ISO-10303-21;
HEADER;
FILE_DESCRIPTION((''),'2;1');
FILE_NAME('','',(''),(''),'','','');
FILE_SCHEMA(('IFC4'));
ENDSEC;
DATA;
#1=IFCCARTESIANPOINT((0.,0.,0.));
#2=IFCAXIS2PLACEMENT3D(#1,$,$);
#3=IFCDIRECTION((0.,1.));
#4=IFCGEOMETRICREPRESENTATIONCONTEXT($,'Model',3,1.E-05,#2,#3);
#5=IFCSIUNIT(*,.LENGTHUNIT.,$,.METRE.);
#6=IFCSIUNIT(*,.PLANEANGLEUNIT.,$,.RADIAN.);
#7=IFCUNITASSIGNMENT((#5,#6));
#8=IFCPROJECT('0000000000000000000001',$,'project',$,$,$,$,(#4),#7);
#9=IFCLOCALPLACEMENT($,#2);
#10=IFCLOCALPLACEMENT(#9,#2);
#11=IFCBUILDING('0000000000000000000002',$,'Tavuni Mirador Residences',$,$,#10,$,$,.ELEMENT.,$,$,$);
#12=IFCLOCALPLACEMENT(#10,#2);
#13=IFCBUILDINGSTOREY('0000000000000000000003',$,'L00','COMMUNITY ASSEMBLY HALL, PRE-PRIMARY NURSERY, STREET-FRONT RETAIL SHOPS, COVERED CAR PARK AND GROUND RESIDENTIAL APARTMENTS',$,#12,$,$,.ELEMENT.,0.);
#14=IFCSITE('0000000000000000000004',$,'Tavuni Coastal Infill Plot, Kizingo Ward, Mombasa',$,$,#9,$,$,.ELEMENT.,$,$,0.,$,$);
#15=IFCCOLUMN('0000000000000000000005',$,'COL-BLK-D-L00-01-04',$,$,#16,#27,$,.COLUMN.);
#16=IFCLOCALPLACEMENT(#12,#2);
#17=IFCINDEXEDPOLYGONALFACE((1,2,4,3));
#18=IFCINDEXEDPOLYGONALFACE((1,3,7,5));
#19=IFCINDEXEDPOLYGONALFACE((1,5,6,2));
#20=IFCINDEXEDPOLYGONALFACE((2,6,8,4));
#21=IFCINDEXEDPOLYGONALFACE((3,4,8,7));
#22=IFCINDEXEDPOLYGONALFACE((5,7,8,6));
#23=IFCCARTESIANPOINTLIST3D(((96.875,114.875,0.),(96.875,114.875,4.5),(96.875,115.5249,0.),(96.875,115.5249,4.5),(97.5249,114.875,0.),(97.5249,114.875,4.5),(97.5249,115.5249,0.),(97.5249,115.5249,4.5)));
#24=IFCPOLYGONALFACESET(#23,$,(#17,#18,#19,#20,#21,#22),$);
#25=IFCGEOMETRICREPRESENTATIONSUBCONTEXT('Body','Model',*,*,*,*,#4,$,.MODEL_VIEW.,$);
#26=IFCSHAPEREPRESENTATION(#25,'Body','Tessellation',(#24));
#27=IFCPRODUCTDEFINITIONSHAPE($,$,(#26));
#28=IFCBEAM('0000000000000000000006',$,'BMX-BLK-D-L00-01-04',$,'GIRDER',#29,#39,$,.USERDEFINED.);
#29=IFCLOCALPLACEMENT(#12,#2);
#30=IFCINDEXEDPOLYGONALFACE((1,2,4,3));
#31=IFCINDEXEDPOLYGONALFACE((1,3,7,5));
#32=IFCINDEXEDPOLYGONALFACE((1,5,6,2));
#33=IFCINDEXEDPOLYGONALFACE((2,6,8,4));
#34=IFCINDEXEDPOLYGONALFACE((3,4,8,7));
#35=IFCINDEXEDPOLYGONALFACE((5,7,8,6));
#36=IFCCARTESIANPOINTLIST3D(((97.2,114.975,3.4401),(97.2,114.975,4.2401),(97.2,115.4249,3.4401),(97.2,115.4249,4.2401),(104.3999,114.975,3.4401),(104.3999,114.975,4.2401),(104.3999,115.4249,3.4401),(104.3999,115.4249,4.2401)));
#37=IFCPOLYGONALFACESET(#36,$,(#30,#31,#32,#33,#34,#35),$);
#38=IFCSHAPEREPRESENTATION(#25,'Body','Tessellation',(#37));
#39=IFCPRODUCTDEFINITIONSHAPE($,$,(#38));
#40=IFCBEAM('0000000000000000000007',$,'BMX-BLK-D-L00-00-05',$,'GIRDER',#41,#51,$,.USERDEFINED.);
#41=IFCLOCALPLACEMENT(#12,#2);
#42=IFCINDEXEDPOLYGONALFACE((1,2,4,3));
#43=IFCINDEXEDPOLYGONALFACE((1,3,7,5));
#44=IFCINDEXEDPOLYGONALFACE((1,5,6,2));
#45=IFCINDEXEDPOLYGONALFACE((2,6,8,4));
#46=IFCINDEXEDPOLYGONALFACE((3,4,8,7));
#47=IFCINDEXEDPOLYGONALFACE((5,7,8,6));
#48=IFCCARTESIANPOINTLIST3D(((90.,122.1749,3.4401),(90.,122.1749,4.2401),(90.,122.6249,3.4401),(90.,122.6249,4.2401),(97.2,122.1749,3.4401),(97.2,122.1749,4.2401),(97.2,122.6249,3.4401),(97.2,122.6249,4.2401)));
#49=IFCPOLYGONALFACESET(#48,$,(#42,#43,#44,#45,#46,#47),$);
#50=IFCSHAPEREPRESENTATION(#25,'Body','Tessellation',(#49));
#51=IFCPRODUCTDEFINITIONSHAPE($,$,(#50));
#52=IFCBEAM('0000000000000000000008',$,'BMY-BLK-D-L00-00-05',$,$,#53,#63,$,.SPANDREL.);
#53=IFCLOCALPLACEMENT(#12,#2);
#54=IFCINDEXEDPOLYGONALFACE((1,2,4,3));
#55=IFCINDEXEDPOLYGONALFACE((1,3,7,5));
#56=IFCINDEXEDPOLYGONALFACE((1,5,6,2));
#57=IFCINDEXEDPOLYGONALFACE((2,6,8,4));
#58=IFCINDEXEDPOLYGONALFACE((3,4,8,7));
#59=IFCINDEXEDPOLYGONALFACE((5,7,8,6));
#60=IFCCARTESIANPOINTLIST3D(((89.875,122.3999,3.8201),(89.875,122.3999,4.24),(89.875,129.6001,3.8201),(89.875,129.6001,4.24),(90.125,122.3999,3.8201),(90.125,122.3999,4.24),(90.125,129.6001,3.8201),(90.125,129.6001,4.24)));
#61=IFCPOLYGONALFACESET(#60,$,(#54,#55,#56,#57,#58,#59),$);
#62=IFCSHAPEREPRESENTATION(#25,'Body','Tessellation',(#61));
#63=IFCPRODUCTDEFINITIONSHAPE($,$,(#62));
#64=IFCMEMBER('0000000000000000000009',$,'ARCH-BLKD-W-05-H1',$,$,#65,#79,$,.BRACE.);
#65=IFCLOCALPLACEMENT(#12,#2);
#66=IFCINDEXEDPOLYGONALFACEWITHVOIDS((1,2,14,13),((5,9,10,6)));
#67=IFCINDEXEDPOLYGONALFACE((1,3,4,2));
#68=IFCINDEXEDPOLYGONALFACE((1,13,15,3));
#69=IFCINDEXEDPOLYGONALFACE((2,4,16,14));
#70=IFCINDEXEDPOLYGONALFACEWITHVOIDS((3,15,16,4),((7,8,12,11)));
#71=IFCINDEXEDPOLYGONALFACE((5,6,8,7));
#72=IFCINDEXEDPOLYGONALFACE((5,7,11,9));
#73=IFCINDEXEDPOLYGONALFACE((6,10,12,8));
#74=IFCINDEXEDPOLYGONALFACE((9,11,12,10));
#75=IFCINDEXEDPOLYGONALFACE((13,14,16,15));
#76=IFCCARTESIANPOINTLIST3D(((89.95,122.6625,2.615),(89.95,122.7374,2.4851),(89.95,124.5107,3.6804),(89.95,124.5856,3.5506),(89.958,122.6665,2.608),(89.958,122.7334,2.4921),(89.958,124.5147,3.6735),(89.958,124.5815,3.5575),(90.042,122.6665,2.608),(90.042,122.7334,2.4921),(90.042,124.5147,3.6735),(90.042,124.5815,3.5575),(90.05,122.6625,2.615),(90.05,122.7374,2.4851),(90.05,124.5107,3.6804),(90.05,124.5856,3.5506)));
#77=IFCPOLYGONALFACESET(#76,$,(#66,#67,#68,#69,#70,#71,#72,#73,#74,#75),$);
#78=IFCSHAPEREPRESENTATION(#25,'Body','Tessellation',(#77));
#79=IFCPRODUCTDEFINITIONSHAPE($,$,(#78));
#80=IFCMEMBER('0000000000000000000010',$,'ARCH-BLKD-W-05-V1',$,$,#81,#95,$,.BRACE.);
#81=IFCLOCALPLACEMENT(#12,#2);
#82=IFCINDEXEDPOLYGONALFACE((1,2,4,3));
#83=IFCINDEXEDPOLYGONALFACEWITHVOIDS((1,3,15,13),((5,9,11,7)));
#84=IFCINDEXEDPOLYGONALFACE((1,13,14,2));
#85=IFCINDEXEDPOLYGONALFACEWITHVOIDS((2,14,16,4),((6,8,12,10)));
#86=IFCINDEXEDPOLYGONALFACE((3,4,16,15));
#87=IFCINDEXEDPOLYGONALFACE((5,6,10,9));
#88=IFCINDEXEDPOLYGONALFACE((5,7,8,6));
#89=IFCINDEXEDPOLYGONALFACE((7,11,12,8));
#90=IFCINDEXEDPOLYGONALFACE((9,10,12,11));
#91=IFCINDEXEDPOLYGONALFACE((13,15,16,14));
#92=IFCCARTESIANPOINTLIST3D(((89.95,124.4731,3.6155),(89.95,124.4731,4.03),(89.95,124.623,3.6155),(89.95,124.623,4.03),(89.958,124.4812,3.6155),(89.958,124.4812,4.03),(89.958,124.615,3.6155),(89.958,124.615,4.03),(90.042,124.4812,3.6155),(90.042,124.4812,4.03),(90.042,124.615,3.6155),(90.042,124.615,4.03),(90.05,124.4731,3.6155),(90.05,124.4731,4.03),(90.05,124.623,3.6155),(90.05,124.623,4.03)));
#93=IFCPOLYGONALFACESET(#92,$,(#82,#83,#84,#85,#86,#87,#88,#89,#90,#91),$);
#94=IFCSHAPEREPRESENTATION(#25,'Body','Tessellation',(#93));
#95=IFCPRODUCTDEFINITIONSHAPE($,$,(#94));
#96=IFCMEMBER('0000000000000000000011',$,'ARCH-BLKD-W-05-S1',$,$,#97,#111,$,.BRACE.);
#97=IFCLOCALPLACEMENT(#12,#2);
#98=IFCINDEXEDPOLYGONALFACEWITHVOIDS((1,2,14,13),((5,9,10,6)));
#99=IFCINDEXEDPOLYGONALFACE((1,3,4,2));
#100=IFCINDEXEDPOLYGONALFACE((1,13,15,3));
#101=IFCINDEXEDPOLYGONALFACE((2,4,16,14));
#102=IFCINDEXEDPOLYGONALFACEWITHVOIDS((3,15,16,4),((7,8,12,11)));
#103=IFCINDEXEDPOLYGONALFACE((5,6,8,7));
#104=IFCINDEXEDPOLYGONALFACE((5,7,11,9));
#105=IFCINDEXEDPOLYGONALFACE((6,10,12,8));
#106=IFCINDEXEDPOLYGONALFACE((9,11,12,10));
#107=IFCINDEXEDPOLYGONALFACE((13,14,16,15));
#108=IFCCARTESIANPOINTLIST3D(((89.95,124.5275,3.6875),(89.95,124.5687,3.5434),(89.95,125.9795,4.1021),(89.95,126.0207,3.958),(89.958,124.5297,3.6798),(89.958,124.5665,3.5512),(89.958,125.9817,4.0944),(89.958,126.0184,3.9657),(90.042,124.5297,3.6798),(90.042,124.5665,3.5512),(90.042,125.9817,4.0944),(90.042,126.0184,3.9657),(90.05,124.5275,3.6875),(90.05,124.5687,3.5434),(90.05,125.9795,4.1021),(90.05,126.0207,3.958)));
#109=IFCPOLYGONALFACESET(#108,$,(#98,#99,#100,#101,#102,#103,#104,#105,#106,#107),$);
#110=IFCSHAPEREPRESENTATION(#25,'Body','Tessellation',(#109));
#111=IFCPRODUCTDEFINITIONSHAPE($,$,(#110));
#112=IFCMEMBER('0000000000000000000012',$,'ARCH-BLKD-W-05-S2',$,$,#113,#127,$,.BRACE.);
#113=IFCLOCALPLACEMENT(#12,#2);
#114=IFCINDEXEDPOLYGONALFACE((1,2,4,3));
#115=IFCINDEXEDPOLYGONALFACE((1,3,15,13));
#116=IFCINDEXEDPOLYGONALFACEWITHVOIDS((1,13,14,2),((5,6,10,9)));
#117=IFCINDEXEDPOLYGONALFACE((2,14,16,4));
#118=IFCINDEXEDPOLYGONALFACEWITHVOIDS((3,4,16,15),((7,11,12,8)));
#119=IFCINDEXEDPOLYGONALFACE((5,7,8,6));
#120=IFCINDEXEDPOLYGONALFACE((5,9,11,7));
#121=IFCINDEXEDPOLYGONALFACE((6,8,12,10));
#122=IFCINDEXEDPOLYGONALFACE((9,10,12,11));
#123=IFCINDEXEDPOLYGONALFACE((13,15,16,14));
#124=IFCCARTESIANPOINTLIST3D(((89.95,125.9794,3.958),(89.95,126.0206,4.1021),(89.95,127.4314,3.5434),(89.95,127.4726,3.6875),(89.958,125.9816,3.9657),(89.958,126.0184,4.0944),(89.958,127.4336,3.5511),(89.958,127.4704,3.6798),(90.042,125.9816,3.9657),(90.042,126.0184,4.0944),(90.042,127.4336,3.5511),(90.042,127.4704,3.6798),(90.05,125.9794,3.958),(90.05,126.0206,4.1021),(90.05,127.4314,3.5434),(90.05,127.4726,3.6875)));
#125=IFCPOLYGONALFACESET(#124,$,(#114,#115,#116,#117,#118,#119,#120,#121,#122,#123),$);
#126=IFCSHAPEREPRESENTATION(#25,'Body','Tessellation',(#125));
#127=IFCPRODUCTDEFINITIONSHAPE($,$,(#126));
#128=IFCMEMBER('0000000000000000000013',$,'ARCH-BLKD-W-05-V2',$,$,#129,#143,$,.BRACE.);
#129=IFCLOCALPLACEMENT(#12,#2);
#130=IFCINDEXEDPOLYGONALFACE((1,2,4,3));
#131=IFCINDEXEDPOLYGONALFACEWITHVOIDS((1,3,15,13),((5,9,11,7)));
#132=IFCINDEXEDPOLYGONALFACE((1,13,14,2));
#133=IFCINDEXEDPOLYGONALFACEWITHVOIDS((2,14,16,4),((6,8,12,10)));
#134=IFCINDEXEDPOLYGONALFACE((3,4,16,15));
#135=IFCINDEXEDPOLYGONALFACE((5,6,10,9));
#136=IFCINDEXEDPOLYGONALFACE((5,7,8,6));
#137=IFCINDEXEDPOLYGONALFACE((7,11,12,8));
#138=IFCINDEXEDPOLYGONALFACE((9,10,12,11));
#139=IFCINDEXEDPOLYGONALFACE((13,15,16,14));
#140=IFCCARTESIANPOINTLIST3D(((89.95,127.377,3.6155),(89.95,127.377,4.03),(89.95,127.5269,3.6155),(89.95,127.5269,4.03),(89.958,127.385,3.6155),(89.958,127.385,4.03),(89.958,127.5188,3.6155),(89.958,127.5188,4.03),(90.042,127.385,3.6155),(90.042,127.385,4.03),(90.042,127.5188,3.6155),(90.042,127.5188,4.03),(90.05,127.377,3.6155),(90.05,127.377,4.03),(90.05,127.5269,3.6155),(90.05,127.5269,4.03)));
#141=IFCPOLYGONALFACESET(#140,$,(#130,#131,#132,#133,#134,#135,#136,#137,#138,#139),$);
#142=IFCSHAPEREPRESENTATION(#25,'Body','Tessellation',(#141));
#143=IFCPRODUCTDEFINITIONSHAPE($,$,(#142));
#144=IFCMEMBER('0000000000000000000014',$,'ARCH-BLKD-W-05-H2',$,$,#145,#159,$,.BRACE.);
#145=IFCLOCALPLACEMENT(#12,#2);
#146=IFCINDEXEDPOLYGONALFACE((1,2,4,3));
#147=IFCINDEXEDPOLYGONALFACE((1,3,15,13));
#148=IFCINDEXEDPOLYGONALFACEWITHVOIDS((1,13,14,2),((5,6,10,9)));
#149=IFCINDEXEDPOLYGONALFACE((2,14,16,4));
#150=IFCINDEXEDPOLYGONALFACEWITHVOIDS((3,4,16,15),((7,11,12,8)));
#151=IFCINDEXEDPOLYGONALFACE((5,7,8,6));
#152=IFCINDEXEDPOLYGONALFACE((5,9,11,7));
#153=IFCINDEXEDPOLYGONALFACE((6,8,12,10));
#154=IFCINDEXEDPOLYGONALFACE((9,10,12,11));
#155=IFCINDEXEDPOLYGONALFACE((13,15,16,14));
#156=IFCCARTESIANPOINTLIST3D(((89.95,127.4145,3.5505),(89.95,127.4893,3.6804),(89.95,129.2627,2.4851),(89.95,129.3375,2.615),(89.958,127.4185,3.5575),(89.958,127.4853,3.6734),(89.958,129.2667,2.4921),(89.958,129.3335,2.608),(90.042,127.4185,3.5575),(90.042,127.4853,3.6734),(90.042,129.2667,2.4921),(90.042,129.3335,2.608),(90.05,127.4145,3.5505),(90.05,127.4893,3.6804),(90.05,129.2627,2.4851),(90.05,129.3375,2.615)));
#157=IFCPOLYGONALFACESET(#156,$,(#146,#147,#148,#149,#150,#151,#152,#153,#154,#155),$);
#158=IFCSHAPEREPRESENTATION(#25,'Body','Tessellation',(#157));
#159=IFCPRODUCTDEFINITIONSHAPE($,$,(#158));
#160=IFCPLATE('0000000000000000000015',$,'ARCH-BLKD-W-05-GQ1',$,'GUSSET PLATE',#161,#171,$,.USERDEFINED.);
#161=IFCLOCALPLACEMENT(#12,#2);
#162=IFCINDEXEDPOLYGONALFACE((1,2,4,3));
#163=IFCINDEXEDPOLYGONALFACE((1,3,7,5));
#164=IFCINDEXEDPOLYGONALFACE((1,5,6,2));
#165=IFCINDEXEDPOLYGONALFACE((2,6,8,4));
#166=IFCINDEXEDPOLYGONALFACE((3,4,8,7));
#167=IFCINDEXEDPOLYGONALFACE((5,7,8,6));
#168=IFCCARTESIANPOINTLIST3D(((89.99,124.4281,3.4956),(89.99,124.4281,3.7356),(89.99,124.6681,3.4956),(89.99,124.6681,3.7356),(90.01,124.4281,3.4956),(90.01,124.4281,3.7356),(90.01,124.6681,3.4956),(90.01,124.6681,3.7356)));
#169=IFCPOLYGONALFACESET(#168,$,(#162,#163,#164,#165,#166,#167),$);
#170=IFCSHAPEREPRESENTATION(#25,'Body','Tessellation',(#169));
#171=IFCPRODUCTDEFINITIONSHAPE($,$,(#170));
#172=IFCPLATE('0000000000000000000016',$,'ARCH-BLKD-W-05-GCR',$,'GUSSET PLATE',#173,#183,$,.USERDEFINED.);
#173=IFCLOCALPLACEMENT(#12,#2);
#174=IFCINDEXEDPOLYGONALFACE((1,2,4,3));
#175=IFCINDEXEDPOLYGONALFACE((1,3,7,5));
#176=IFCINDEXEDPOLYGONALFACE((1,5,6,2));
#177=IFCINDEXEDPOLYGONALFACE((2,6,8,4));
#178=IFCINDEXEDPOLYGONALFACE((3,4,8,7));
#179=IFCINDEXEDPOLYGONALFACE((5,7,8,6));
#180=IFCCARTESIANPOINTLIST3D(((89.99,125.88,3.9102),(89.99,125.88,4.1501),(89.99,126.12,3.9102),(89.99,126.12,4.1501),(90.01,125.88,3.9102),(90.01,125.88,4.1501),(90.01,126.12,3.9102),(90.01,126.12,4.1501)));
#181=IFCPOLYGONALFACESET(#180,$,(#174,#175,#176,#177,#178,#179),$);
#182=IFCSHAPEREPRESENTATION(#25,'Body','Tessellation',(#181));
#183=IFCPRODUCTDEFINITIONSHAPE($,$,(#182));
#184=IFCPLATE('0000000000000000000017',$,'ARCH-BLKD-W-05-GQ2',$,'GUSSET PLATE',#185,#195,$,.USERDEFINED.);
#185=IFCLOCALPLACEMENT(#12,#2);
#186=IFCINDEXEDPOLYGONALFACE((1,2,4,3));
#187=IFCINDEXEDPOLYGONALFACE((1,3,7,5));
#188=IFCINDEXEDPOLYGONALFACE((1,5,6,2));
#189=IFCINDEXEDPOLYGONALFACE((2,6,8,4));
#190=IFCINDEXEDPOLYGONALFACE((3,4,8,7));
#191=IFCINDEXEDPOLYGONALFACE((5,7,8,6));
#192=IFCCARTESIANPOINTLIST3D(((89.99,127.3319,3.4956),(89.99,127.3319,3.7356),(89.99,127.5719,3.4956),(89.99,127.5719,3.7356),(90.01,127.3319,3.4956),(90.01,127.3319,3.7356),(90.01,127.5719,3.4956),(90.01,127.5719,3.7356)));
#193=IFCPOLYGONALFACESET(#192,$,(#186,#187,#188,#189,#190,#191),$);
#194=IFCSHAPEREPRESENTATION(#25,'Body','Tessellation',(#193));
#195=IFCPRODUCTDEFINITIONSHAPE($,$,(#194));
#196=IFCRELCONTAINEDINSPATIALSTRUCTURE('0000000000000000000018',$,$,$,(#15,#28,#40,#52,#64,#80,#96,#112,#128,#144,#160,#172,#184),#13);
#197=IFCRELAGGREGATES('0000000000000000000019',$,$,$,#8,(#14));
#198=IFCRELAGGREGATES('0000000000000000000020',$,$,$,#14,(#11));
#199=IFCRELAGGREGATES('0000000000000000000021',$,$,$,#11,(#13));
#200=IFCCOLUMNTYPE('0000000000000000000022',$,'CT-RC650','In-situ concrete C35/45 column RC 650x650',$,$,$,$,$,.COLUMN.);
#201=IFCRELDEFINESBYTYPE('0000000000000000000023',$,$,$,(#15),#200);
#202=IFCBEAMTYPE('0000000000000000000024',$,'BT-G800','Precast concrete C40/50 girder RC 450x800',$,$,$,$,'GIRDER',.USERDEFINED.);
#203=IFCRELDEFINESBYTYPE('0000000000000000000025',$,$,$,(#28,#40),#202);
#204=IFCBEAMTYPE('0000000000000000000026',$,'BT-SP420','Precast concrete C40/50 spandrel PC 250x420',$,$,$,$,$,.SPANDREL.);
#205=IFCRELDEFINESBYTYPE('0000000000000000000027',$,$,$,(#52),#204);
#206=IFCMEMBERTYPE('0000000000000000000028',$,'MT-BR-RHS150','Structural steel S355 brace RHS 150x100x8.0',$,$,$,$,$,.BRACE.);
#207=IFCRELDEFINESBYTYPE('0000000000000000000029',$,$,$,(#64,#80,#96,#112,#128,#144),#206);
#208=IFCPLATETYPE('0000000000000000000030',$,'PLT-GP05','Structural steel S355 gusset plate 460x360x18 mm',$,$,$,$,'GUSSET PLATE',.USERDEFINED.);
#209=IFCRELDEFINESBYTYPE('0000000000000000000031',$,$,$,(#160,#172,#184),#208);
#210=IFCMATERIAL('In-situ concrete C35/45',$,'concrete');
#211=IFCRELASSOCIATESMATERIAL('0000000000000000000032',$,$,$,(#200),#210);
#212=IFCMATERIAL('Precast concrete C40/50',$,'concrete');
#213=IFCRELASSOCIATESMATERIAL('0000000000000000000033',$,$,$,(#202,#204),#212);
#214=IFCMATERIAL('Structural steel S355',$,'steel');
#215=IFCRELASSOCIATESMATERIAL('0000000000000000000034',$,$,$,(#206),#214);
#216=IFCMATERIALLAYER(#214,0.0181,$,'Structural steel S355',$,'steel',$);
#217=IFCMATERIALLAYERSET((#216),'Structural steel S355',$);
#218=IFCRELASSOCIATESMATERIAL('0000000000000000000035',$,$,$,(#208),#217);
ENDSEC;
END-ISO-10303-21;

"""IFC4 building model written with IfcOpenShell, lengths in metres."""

from ifc_helpers import new_model, si_unit, direction, frame, origin, origin_2d, place, context, subcontext, project, spatial, rectangle, hollow_rectangle, extrude, material, layer, layer_set, material_profile, profile_set, type_object, element, save


model = new_model("IFC4")

# Units and contexts
model_context = context("Model", 3, precision=1e-05, world=origin(), true_north=direction((0.0, 1.0)))
body_context = subcontext(model_context, "Body", "Model", "MODEL_VIEW")
ifc_project = project(units=[si_unit("LENGTHUNIT", "METRE"), si_unit("PLANEANGLEUNIT", "RADIAN")], contexts=[model_context])

# Site, building, storey
site_placement = place(None, origin())
site = spatial("IfcSite", under=ifc_project, at=site_placement, Name="Tavuni Coastal Infill Plot, Kizingo Ward, Mombasa", CompositionType="ELEMENT", RefElevation=0.0)
building_placement = place(site_placement, origin())
building = spatial("IfcBuilding", under=site, at=building_placement, Name="Tavuni Mirador Residences", CompositionType="ELEMENT")
storey_placement = place(building_placement, origin())
storey = spatial("IfcBuildingStorey", under=building, at=storey_placement, Name="L00", Description="COMMUNITY ASSEMBLY HALL, PRE-PRIMARY NURSERY, STREET-FRONT RETAIL SHOPS, COVERED CAR PARK AND GROUND RESIDENTIAL APARTMENTS", CompositionType="ELEMENT", Elevation=0.0)

# Column
ifc_material_1 = material(Name="In-situ concrete C35/45", Category="concrete")
ifc_material_profile_1 = material_profile(ifc_material_1, rectangle(XDim=0.6499, YDim=0.6499, at=origin_2d()), Name="RC 650x650", Category="concrete")
ifc_profile_set_1 = profile_set([ifc_material_profile_1], Name="In-situ concrete C35/45")
column_type = type_object("IfcColumnType", Name="CT-RC650", Description="In-situ concrete C35/45 column RC 650x650", PredefinedType="COLUMN", material=ifc_profile_set_1)
column_placement = place(storey_placement, frame((97.2, 115.2, 0.0), z_axis=(0.0, 0.0, 1.0), x_axis=(1.0, 0.0, 0.0)))
element("IfcColumn", 1, at=column_placement, inside=storey, type_object=column_type, Name="COL-BLK-D-L00-01-04", PredefinedType="COLUMN", context=body_context, shape_type="SweptSolid", body=[
    extrude(rectangle(XDim=0.6499, YDim=0.6499, at=origin_2d()), origin(), (0.0, 0.0, 1.0), 4.5),
])

# Beams
ifc_material_2 = material(Name="Precast concrete C40/50", Category="concrete")
ifc_material_profile_2 = material_profile(ifc_material_2, rectangle(XDim=0.45, YDim=0.8, at=origin_2d()), Name="RC 450x800", Category="concrete")
ifc_profile_set_2 = profile_set([ifc_material_profile_2], Name="Precast concrete C40/50")
beam_type_1 = type_object("IfcBeamType", Name="BT-G800", Description="Precast concrete C40/50 girder RC 450x800", ElementType="GIRDER", PredefinedType="USERDEFINED", material=ifc_profile_set_2)
for number, where, z_axis, x_axis, name in (
    (2, (97.2, 115.2, 3.8401), (1.0, 0.0, 0.0), (0.0, 1.0, 0.0), "BMX-BLK-D-L00-01-04"),
    (3, (90.0, 122.3999, 3.8401), (1.0, 0.0, 0.0), (0.0, 1.0, 0.0), "BMX-BLK-D-L00-00-05"),
):
    element("IfcBeam", number, at=place(storey_placement, frame(where, z_axis=z_axis, x_axis=x_axis)), inside=storey, type_object=beam_type_1, Name=name, ObjectType="GIRDER", PredefinedType="USERDEFINED", context=body_context, shape_type="SweptSolid", body=[
        extrude(rectangle(XDim=0.45, YDim=0.8, at=origin_2d()), origin(), (0.0, 0.0, 1.0), 7.2),
    ])
ifc_material_profile_3 = material_profile(ifc_material_2, rectangle(XDim=0.25, YDim=0.4199, at=origin_2d()), Name="PC 250x420", Category="concrete")
ifc_profile_set_3 = profile_set([ifc_material_profile_3], Name="Precast concrete C40/50")
beam_type_2 = type_object("IfcBeamType", Name="BT-SP420", Description="Precast concrete C40/50 spandrel PC 250x420", PredefinedType="SPANDREL", material=ifc_profile_set_3)
beam_placement = place(storey_placement, frame((90.0, 122.3999, 4.03), z_axis=(0.0, 1.0, 0.0), x_axis=(-1.0, 0.0, 0.0)))
element("IfcBeam", 4, at=beam_placement, inside=storey, type_object=beam_type_2, Name="BMY-BLK-D-L00-00-05", PredefinedType="SPANDREL", context=body_context, shape_type="SweptSolid", body=[
    extrude(rectangle(XDim=0.25, YDim=0.4199, at=origin_2d()), origin(), (0.0, 0.0, 1.0), 7.2002),
])

# Members
ifc_material_3 = material(Name="Structural steel S355", Category="steel")
ifc_material_profile_4 = material_profile(ifc_material_3, hollow_rectangle(XDim=0.1001, YDim=0.1499, WallThickness=0.0081, at=origin_2d()), Name="RHS 150x100x8.0", Category="steel")
ifc_profile_set_4 = profile_set([ifc_material_profile_4], Name="Structural steel S355")
member_type = type_object("IfcMemberType", Name="MT-BR-RHS150", Description="Structural steel S355 brace RHS 150x100x8.0", PredefinedType="BRACE", material=ifc_profile_set_4)
member_1_placement = place(storey_placement, frame((90.0, 122.7, 2.55), z_axis=(0.0, 0.866349, 0.499438), x_axis=(-1.0, 0.0, 0.0)))
element("IfcMember", 5, at=member_1_placement, inside=storey, type_object=member_type, Name="ARCH-BLKD-W-05-H1", PredefinedType="BRACE", context=body_context, shape_type="SweptSolid", body=[
    extrude(hollow_rectangle(XDim=0.1001, YDim=0.1499, WallThickness=0.0081, at=origin_2d()), origin(), (0.0, 0.0, 1.0), 2.1333),
])
member_2_placement = place(storey_placement, frame((90.0, 124.5481, 3.6155), z_axis=(0.0, 0.0, 1.0), x_axis=(1.0, 0.0, 0.0)))
element("IfcMember", 6, at=member_2_placement, inside=storey, type_object=member_type, Name="ARCH-BLKD-W-05-V1", PredefinedType="BRACE", context=body_context, shape_type="SweptSolid", body=[
    extrude(hollow_rectangle(XDim=0.1001, YDim=0.1499, WallThickness=0.0081, at=origin_2d()), origin(), (0.0, 0.0, 1.0), 0.4146),
])
for number, where, z_axis, x_axis, name in (
    (7, (90.0, 124.5481, 3.6155), (0.0, 0.961573, 0.27455), (-1.0, 0.0, 0.0), "ARCH-BLKD-W-05-S1"),
    (8, (90.0, 126.0, 4.03), (0.0, 0.961573, -0.27455), (-1.0, 0.0, 0.0), "ARCH-BLKD-W-05-S2"),
):
    element("IfcMember", number, at=place(storey_placement, frame(where, z_axis=z_axis, x_axis=x_axis)), inside=storey, type_object=member_type, Name=name, PredefinedType="BRACE", context=body_context, shape_type="SweptSolid", body=[
        extrude(hollow_rectangle(XDim=0.1001, YDim=0.1499, WallThickness=0.0081, at=origin_2d()), origin(), (0.0, 0.0, 1.0), 1.51),
    ])
member_3_placement = place(storey_placement, frame((90.0, 127.4519, 3.6155), z_axis=(0.0, 0.0, 1.0), x_axis=(1.0, 0.0, 0.0)))
element("IfcMember", 9, at=member_3_placement, inside=storey, type_object=member_type, Name="ARCH-BLKD-W-05-V2", PredefinedType="BRACE", context=body_context, shape_type="SweptSolid", body=[
    extrude(hollow_rectangle(XDim=0.1001, YDim=0.1499, WallThickness=0.0081, at=origin_2d()), origin(), (0.0, 0.0, 1.0), 0.4146),
])
member_4_placement = place(storey_placement, frame((90.0, 127.4519, 3.6155), z_axis=(0.0, 0.866349, -0.499438), x_axis=(-1.0, 0.0, 0.0)))
element("IfcMember", 10, at=member_4_placement, inside=storey, type_object=member_type, Name="ARCH-BLKD-W-05-H2", PredefinedType="BRACE", context=body_context, shape_type="SweptSolid", body=[
    extrude(hollow_rectangle(XDim=0.1001, YDim=0.1499, WallThickness=0.0081, at=origin_2d()), origin(), (0.0, 0.0, 1.0), 2.1333),
])

# Plates
ifc_layer_1 = layer(ifc_material_3, 0.0181, Name="Structural steel S355", Category="steel")
ifc_layer_set_1 = layer_set([ifc_layer_1], Name="Structural steel S355")
plate_type = type_object("IfcPlateType", Name="PLT-GP05", Description="Structural steel S355 gusset plate 460x360x18 mm", ElementType="GUSSET PLATE", PredefinedType="USERDEFINED", material=ifc_layer_set_1)
for number, where, z_axis, x_axis, name in (
    (11, (90.0, 124.5481, 3.4956), (0.0, 0.0, 1.0), (1.0, 0.0, 0.0), "ARCH-BLKD-W-05-GQ1"),
    (12, (90.0, 126.0, 3.9102), (0.0, 0.0, 1.0), (1.0, 0.0, 0.0), "ARCH-BLKD-W-05-GCR"),
    (13, (90.0, 127.4519, 3.4956), (0.0, 0.0, 1.0), (1.0, 0.0, 0.0), "ARCH-BLKD-W-05-GQ2"),
):
    element("IfcPlate", number, at=place(storey_placement, frame(where, z_axis=z_axis, x_axis=x_axis)), inside=storey, type_object=plate_type, Name=name, ObjectType="GUSSET PLATE", PredefinedType="USERDEFINED", context=body_context, shape_type="SweptSolid", body=[
        extrude(rectangle(XDim=0.02, YDim=0.24, at=origin_2d()), origin(), (0.0, 0.0, 1.0), 0.24),
    ])

save(model, "model.ifc")
